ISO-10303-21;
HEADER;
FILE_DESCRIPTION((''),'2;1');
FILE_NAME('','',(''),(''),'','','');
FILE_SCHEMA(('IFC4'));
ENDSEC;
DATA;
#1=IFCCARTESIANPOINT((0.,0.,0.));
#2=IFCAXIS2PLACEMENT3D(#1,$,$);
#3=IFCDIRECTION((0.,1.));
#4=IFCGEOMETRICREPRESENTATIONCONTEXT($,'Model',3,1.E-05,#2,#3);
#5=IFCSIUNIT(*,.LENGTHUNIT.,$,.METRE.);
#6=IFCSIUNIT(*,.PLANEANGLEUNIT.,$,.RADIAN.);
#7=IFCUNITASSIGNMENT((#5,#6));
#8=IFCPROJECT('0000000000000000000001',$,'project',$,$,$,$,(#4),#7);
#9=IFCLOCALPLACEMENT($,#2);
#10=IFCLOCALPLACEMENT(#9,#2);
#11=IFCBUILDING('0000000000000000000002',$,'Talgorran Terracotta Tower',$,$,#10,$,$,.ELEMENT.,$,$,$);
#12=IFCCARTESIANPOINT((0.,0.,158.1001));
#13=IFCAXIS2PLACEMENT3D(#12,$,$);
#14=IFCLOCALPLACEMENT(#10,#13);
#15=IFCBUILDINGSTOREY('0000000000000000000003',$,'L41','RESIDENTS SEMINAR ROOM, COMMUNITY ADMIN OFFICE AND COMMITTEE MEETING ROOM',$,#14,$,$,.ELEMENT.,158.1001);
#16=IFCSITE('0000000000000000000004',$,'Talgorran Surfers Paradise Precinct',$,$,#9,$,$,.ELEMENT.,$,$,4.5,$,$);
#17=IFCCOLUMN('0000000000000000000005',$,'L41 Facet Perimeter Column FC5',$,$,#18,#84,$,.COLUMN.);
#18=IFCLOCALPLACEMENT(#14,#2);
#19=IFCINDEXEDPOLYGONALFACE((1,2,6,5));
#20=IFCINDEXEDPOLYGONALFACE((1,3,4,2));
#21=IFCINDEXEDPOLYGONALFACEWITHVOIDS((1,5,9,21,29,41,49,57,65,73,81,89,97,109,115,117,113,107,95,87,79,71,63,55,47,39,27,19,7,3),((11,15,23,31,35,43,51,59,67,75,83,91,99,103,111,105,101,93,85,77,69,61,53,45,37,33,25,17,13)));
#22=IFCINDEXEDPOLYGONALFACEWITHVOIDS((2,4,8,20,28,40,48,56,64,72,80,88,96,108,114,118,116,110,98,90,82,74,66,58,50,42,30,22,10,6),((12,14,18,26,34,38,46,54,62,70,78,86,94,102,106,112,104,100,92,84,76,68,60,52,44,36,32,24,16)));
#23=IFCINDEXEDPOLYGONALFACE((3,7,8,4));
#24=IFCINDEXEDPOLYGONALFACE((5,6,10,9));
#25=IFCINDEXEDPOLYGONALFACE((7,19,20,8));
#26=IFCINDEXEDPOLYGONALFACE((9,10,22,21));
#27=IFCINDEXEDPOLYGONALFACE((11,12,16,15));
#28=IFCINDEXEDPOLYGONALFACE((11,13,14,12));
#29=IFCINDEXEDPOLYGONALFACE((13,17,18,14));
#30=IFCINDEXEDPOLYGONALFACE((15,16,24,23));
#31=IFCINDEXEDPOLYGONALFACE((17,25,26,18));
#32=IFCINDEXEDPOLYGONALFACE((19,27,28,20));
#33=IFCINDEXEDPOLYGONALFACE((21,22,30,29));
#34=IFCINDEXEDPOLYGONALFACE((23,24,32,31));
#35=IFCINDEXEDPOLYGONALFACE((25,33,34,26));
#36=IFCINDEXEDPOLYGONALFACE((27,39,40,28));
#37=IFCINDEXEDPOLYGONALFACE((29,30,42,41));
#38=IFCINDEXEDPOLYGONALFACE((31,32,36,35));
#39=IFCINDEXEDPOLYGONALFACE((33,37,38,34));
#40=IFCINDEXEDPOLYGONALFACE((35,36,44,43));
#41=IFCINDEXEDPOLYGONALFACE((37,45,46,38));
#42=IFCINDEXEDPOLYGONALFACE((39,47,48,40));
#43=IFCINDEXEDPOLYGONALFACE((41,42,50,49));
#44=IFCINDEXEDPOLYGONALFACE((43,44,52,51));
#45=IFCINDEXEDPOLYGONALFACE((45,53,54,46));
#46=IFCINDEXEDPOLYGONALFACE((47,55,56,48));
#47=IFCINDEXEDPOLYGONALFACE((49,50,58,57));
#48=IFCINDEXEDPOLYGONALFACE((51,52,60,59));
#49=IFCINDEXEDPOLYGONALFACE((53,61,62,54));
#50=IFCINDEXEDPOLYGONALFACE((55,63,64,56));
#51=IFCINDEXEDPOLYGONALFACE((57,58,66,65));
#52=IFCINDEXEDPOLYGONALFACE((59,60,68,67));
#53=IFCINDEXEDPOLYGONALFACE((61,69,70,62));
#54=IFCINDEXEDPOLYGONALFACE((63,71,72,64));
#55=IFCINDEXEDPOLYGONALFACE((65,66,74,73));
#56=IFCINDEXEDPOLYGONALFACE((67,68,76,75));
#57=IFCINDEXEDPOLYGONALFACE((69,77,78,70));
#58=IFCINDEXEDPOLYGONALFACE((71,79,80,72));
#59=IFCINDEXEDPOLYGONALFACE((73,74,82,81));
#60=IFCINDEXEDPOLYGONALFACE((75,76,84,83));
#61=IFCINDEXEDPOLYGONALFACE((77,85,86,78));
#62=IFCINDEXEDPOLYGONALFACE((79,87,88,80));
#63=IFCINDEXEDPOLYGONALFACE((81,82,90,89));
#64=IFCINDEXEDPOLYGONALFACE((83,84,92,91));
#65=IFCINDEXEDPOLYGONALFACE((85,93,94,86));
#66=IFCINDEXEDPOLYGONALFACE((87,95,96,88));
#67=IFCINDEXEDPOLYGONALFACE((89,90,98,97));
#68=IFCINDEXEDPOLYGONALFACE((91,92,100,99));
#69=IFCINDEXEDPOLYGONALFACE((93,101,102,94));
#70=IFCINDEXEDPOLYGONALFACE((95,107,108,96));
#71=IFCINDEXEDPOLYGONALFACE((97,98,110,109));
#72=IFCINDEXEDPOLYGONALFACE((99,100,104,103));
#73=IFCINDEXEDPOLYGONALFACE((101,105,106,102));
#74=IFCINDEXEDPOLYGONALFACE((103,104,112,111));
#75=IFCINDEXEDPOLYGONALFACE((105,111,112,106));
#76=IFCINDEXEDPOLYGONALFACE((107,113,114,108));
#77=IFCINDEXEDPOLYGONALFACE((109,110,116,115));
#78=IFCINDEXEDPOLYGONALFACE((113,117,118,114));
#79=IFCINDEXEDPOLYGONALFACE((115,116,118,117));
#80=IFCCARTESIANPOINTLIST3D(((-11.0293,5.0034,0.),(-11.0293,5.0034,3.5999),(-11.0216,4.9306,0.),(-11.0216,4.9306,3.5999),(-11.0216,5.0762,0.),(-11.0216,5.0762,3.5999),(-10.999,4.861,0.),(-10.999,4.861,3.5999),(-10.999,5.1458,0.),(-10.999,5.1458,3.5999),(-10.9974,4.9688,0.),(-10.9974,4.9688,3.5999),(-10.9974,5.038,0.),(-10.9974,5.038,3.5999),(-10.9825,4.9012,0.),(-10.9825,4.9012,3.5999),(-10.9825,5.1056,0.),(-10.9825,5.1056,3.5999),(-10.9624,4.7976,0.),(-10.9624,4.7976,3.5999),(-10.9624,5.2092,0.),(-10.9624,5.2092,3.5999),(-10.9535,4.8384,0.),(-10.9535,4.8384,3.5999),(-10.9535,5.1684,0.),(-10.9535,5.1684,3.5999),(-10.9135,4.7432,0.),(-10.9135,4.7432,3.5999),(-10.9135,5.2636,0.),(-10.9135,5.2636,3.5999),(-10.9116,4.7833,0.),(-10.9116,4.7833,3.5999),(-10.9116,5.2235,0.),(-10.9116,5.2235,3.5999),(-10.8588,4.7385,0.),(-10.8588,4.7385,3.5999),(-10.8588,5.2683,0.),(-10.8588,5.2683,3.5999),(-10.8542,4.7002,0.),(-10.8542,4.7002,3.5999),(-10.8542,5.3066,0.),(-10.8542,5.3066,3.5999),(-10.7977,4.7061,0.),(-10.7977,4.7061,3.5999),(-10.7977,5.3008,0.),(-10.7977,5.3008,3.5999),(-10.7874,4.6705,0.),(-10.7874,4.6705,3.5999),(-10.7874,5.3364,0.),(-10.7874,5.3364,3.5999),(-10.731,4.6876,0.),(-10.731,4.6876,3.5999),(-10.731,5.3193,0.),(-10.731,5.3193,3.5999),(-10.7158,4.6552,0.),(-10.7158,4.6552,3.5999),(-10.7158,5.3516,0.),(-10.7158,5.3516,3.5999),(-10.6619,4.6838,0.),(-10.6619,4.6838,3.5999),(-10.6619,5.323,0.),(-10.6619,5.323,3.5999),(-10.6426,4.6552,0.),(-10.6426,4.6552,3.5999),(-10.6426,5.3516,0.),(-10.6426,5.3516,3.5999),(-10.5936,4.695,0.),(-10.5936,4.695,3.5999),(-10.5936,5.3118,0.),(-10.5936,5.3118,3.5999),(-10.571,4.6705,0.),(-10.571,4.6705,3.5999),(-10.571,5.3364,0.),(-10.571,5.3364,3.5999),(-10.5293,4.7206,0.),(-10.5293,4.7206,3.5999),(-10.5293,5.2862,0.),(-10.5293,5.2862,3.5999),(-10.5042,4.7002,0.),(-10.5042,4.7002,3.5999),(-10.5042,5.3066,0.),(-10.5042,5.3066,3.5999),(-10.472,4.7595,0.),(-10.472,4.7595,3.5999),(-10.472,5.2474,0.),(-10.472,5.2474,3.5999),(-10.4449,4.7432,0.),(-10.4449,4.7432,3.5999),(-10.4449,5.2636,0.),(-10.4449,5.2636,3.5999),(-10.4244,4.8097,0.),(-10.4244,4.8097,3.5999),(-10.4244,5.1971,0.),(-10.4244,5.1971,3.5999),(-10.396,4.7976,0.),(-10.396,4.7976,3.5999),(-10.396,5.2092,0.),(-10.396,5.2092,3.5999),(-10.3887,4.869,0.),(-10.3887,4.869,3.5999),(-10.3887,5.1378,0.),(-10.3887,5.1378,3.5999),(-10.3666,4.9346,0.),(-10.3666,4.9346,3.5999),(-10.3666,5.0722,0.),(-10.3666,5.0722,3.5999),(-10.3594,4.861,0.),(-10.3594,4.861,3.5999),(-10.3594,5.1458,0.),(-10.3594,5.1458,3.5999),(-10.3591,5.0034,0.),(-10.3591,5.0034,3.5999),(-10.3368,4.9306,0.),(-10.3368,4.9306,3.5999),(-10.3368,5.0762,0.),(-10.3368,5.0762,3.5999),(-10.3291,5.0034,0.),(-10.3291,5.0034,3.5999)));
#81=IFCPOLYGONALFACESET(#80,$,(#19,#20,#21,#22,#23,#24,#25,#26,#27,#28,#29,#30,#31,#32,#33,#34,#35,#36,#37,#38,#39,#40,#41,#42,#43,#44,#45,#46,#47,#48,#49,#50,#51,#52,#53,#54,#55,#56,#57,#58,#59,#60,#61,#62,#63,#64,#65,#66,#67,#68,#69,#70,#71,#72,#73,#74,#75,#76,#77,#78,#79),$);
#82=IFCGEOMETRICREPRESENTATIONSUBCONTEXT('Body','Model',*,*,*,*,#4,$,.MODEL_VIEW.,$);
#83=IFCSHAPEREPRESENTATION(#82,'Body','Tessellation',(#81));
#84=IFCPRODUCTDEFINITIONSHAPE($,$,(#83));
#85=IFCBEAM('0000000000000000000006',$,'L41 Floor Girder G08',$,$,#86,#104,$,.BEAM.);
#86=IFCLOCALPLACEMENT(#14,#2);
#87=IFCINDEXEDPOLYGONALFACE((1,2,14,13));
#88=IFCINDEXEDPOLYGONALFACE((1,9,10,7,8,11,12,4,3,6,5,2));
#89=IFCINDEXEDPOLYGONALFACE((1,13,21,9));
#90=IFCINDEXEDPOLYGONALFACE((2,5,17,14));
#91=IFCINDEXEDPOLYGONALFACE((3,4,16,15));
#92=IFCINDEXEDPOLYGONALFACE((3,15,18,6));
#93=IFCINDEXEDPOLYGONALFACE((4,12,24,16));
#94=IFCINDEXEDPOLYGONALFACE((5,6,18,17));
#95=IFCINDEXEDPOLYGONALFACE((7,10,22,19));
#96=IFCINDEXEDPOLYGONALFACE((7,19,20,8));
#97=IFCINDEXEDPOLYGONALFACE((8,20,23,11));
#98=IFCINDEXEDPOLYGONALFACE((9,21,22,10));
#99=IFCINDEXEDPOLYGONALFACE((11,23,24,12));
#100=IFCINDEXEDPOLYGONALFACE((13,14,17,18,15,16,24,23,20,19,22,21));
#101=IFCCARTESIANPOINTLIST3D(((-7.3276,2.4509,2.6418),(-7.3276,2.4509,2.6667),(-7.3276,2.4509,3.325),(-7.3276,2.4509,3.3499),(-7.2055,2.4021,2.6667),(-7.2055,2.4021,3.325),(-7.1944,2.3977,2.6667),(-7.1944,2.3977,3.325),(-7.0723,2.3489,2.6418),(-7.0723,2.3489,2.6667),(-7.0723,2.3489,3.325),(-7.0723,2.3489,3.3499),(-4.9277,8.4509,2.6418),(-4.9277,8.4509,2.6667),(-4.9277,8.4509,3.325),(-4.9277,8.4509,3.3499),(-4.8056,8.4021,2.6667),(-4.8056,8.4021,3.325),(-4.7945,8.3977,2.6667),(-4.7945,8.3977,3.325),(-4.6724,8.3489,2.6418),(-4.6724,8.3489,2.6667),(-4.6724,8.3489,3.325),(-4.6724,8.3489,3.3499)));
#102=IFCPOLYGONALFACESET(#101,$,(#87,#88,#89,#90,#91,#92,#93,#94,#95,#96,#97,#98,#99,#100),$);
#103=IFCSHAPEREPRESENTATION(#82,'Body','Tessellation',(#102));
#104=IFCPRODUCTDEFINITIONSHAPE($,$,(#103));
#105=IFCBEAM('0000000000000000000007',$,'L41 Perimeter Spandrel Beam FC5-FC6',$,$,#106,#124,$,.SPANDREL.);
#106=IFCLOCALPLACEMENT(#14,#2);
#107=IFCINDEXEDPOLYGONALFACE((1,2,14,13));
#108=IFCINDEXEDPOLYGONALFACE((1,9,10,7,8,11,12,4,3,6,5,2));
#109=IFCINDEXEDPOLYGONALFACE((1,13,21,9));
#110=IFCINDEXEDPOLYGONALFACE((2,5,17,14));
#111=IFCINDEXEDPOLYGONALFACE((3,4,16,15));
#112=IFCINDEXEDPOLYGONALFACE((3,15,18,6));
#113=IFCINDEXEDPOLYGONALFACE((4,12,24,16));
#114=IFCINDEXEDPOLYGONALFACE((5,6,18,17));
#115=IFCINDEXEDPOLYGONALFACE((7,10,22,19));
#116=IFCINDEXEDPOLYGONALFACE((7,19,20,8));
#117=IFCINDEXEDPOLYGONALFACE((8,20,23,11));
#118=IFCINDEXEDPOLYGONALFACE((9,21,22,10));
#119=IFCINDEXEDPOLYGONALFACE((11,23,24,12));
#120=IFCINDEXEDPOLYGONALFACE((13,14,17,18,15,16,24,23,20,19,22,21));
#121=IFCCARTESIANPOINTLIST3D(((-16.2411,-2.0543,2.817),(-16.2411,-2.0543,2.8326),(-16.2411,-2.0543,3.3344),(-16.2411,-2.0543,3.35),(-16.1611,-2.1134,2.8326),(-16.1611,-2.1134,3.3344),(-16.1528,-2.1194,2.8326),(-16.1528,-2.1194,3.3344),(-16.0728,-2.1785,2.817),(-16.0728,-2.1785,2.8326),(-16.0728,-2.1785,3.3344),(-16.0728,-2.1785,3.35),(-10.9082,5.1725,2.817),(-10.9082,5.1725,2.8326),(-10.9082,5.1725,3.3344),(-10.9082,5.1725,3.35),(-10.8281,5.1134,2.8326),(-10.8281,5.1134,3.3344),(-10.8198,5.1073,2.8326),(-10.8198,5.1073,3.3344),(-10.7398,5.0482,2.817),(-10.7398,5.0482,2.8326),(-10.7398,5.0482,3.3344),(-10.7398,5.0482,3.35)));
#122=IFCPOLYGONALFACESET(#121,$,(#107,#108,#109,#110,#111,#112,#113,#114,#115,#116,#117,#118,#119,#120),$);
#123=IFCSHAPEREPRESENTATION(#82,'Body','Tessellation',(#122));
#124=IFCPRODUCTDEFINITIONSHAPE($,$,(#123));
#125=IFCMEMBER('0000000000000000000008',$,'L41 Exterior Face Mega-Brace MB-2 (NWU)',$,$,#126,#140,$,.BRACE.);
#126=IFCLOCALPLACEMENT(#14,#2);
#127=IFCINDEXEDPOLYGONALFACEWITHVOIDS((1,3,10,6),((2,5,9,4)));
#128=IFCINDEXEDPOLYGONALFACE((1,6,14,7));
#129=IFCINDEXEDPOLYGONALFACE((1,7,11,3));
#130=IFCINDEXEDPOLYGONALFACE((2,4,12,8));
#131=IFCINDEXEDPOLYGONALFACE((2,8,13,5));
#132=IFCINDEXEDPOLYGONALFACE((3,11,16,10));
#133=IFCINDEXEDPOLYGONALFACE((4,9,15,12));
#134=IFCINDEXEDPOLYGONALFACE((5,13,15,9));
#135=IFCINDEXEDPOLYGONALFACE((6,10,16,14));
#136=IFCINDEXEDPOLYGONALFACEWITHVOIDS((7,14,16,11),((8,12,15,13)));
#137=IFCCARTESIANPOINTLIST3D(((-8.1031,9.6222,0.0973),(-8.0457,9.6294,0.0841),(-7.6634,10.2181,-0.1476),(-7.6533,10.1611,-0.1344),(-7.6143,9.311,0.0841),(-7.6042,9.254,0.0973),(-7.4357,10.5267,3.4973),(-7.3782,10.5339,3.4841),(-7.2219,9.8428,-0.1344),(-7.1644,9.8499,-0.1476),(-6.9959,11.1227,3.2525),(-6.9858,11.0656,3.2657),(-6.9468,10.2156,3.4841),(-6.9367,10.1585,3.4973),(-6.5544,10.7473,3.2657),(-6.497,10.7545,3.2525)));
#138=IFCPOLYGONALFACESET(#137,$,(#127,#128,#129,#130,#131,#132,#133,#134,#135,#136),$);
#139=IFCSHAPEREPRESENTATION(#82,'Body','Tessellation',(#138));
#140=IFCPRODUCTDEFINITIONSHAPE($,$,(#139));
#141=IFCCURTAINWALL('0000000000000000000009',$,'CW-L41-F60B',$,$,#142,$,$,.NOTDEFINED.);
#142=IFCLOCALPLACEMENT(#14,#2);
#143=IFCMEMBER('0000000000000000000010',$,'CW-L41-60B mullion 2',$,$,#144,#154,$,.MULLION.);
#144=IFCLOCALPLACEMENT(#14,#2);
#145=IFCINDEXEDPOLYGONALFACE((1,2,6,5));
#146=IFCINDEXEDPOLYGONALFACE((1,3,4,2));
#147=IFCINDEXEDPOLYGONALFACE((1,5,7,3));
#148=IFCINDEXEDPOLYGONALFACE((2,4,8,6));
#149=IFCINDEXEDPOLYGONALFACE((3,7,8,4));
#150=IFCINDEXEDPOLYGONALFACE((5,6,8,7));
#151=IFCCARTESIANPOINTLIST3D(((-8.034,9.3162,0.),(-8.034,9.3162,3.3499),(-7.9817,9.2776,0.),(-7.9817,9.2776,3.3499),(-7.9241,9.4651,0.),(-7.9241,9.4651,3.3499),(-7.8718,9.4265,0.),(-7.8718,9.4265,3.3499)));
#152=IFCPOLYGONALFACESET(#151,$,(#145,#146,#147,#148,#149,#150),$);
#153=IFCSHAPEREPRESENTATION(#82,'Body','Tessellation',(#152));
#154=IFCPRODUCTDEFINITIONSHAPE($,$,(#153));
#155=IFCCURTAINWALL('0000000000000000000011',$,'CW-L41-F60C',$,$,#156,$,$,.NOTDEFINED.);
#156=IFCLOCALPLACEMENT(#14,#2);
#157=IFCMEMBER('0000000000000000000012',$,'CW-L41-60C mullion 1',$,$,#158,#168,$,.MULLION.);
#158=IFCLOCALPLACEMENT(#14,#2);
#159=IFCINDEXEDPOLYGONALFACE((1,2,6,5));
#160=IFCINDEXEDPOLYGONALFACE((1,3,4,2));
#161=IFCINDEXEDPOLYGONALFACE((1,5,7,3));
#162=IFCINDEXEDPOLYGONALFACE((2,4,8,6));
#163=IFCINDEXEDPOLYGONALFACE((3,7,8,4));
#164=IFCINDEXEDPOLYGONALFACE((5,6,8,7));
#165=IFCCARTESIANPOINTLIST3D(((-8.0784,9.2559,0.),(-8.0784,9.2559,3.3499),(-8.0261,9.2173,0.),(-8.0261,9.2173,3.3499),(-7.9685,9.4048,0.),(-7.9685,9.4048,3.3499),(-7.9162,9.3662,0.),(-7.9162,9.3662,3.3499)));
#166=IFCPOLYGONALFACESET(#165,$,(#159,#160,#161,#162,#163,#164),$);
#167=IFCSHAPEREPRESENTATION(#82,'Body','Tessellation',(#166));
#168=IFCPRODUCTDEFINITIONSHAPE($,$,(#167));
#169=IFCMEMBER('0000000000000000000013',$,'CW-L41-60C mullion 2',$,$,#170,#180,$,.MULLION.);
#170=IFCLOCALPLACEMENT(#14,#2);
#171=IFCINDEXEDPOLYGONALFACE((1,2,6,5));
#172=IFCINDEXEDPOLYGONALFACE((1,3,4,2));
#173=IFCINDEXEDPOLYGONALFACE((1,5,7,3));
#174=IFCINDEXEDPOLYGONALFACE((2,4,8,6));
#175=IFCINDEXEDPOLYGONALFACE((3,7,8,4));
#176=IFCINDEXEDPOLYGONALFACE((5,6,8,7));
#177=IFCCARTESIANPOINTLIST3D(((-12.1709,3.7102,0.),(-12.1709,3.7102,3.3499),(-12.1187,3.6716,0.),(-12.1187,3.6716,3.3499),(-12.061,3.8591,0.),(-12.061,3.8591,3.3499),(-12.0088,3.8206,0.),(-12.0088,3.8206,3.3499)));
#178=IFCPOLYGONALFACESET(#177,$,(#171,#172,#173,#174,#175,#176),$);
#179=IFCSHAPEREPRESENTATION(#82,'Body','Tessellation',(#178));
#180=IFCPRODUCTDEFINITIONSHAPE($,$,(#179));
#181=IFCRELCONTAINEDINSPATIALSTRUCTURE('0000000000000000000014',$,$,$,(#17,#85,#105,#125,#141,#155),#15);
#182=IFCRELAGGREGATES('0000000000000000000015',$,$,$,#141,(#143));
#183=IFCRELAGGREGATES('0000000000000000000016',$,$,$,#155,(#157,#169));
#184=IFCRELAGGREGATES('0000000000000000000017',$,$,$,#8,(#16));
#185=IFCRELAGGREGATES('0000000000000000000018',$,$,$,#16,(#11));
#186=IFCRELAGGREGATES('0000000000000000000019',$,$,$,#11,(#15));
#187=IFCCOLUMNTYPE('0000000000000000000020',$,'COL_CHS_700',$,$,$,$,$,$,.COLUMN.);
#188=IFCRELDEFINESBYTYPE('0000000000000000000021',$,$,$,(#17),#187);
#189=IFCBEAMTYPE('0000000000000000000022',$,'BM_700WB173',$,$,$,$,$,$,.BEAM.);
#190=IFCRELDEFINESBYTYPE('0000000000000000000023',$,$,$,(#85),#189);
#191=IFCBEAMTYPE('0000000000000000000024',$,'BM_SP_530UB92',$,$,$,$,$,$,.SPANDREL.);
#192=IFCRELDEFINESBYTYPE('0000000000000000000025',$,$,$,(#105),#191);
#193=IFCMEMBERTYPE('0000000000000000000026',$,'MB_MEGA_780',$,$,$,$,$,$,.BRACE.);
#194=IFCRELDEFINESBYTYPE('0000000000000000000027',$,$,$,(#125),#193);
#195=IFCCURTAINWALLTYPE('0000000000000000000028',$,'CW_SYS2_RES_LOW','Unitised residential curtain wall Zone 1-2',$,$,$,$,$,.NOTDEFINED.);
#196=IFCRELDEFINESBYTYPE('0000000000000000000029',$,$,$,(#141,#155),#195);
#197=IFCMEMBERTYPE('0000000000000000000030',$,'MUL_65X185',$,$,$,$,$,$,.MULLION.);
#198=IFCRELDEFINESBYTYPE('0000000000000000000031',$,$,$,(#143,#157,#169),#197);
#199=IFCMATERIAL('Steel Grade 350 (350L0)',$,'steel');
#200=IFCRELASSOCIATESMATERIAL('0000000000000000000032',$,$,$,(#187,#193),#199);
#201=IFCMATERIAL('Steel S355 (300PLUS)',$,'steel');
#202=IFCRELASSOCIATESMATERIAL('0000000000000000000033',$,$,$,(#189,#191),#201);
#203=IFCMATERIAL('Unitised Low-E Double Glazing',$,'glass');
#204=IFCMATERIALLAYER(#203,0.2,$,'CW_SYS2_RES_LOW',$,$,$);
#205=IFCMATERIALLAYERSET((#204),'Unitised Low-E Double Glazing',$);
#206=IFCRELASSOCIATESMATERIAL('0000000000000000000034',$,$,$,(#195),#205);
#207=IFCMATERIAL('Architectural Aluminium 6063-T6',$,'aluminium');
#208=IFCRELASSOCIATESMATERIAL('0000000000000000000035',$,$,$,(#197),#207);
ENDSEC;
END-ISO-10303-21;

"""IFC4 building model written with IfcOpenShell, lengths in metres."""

from ifc_helpers import new_model, si_unit, direction, frame, origin, origin_2d, place, context, subcontext, project, spatial, rectangle, hollow_rectangle, hollow_circle, i_section, extrude, material, layer, layer_set, material_profile, profile_set, type_object, element, aggregate, save


model = new_model("IFC4")

# Units and contexts
model_context = context("Model", 3, precision=1e-05, world=origin(), true_north=direction((0.0, 1.0)))
body_context = subcontext(model_context, "Body", "Model", "MODEL_VIEW")
ifc_project = project(units=[si_unit("LENGTHUNIT", "METRE"), si_unit("PLANEANGLEUNIT", "RADIAN")], contexts=[model_context])

# Site, building, storey
site_placement = place(None, origin())
site = spatial("IfcSite", under=ifc_project, at=site_placement, Name="Talgorran Surfers Paradise Precinct", CompositionType="ELEMENT", RefElevation=4.5)
building_placement = place(site_placement, origin())
building = spatial("IfcBuilding", under=site, at=building_placement, Name="Talgorran Terracotta Tower", CompositionType="ELEMENT")
storey_placement = place(building_placement, frame((0.0, 0.0, 158.1001)))
storey = spatial("IfcBuildingStorey", under=building, at=storey_placement, Name="L41", Description="RESIDENTS SEMINAR ROOM, COMMUNITY ADMIN OFFICE AND COMMITTEE MEETING ROOM", CompositionType="ELEMENT", Elevation=158.1001)

# Column
ifc_material_1 = material(Name="Steel Grade 350 (350L0)", Category="steel")
ifc_material_profile_1 = material_profile(ifc_material_1, hollow_circle(Radius=0.3501, WallThickness=0.03, at=origin_2d()), Name="CHS700X30")
ifc_profile_set_1 = profile_set([ifc_material_profile_1], Name="Steel Grade 350 (350L0)")
column_type = type_object("IfcColumnType", Name="COL_CHS_700", PredefinedType="COLUMN", material=ifc_profile_set_1)
column_placement = place(storey_placement, frame((-10.6792, 5.0034, 0.0), z_axis=(0.0, 0.0, 1.0), x_axis=(1.0, 0.0, 0.0)))
element("IfcColumn", 1, at=column_placement, inside=storey, type_object=column_type, Name="L41 Facet Perimeter Column FC5", PredefinedType="COLUMN", context=body_context, shape_type="SweptSolid", body=[
    extrude(hollow_circle(Radius=0.3501, WallThickness=0.03, at=origin_2d()), origin(), (0.0, 0.0, 1.0), 3.5999),
])

# Beams
ifc_material_2 = material(Name="Steel S355 (300PLUS)", Category="steel")
ifc_material_profile_2 = material_profile(ifc_material_2, i_section(OverallWidth=0.2749, OverallDepth=0.708, WebThickness=0.012, FlangeThickness=0.0249, at=origin_2d()), Name="700WB173")
ifc_profile_set_2 = profile_set([ifc_material_profile_2], Name="Steel S355 (300PLUS)")
beam_type_1 = type_object("IfcBeamType", Name="BM_700WB173", PredefinedType="BEAM", material=ifc_profile_set_2)
beam_1_placement = place(storey_placement, frame((-7.2, 2.3999, 2.9958), z_axis=(0.371378, 0.928482, 0.0), x_axis=(-0.928482, 0.371378, 0.0)))
element("IfcBeam", 2, at=beam_1_placement, inside=storey, type_object=beam_type_1, Name="L41 Floor Girder G08", PredefinedType="BEAM", context=body_context, shape_type="SweptSolid", body=[
    extrude(i_section(OverallWidth=0.2749, OverallDepth=0.708, WebThickness=0.012, FlangeThickness=0.0249, at=origin_2d()), origin(), (0.0, 0.0, 1.0), 6.4622),
])
ifc_material_profile_3 = material_profile(ifc_material_2, i_section(OverallWidth=0.2092, OverallDepth=0.533, WebThickness=0.0103, FlangeThickness=0.0156, at=origin_2d()), Name="530UB92.4")
ifc_profile_set_3 = profile_set([ifc_material_profile_3], Name="Steel S355 (300PLUS)")
beam_type_2 = type_object("IfcBeamType", Name="BM_SP_530UB92", PredefinedType="SPANDREL", material=ifc_profile_set_3)
beam_2_placement = place(storey_placement, frame((-10.824, 5.1104, 3.0835), z_axis=(-0.593776, -0.804631, 0.0), x_axis=(0.804631, -0.593776, 0.0)))
element("IfcBeam", 3, at=beam_2_placement, inside=storey, type_object=beam_type_2, Name="L41 Perimeter Spandrel Beam FC5-FC6", PredefinedType="SPANDREL", context=body_context, shape_type="SweptSolid", body=[
    extrude(i_section(OverallWidth=0.2092, OverallDepth=0.533, WebThickness=0.0103, FlangeThickness=0.0156, at=origin_2d()), origin(), (0.0, 0.0, 1.0), 8.9814),
])

# Member
ifc_material_profile_4 = material_profile(ifc_material_1, hollow_rectangle(XDim=0.6201, YDim=0.78, WallThickness=0.042, at=origin_2d()), Name="WBOX780X620X42")
ifc_profile_set_4 = profile_set([ifc_material_profile_4], Name="Steel Grade 350 (350L0)")
member_type_1 = type_object("IfcMemberType", Name="MB_MEGA_780", PredefinedType="BRACE", material=ifc_profile_set_4)
member_1_placement = place(storey_placement, frame((-7.6338, 9.7361, -0.0251), z_axis=(0.186387, 0.252583, 0.949453), x_axis=(-0.804641, 0.593762, 0.0)))
element("IfcMember", 4, at=member_1_placement, inside=storey, type_object=member_type_1, Name="L41 Exterior Face Mega-Brace MB-2 (NWU)", PredefinedType="BRACE", context=body_context, shape_type="SweptSolid", body=[
    extrude(hollow_rectangle(XDim=0.6201, YDim=0.78, WallThickness=0.042, at=origin_2d()), origin(), (0.0, 0.0, 1.0), 3.5811),
])

# Curtain wall, member
ifc_material_3 = material(Name="Unitised Low-E Double Glazing", Category="glass")
ifc_layer_1 = layer(ifc_material_3, 0.2, Name="CW_SYS2_RES_LOW")
ifc_layer_set_1 = layer_set([ifc_layer_1], Name="Unitised Low-E Double Glazing")
curtain_wall_type = type_object("IfcCurtainWallType", Name="CW_SYS2_RES_LOW", Description="Unitised residential curtain wall Zone 1-2", PredefinedType="NOTDEFINED", material=ifc_layer_set_1)
curtain_wall_1_placement = place(storey_placement, origin())
curtain_wall_1 = element("IfcCurtainWall", 5, at=curtain_wall_1_placement, inside=storey, type_object=curtain_wall_type, Name="CW-L41-F60B", PredefinedType="NOTDEFINED")
ifc_material_4 = material(Name="Architectural Aluminium 6063-T6", Category="aluminium")
ifc_material_profile_5 = material_profile(ifc_material_4, rectangle(XDim=0.0649, YDim=0.1851, at=origin_2d()), Name="CWM65X185")
ifc_profile_set_5 = profile_set([ifc_material_profile_5], Name="Architectural Aluminium 6063-T6")
member_type_2 = type_object("IfcMemberType", Name="MUL_65X185", PredefinedType="MULLION", material=ifc_profile_set_5)
member_2_placement = place(storey_placement, frame((-7.9529, 9.3713, 0.0), z_axis=(0.0, 0.0, 1.0), x_axis=(0.804615, -0.593797, 0.0)))
member_2 = element("IfcMember", 6, at=member_2_placement, type_object=member_type_2, Name="CW-L41-60B mullion 2", PredefinedType="MULLION", context=body_context, shape_type="SweptSolid", body=[
    extrude(rectangle(XDim=0.0649, YDim=0.1851, at=origin_2d()), origin(), (0.0, 0.0, 1.0), 3.3499),
])

# Curtain wall, members
curtain_wall_2_placement = place(storey_placement, origin())
curtain_wall_2 = element("IfcCurtainWall", 7, at=curtain_wall_2_placement, inside=storey, type_object=curtain_wall_type, Name="CW-L41-F60C", PredefinedType="NOTDEFINED")
member_3_placement = place(storey_placement, frame((-7.9973, 9.311, 0.0), z_axis=(0.0, 0.0, 1.0), x_axis=(0.804621, -0.593789, 0.0)))
member_3 = element("IfcMember", 8, at=member_3_placement, type_object=member_type_2, Name="CW-L41-60C mullion 1", PredefinedType="MULLION", context=body_context, shape_type="SweptSolid", body=[
    extrude(rectangle(XDim=0.0649, YDim=0.1851, at=origin_2d()), origin(), (0.0, 0.0, 1.0), 3.3499),
])
member_4_placement = place(storey_placement, frame((-12.0898, 3.7654, 0.0), z_axis=(0.0, 0.0, 1.0), x_axis=(0.804621, -0.593789, 0.0)))
member_4 = element("IfcMember", 9, at=member_4_placement, type_object=member_type_2, Name="CW-L41-60C mullion 2", PredefinedType="MULLION", context=body_context, shape_type="SweptSolid", body=[
    extrude(rectangle(XDim=0.0649, YDim=0.1851, at=origin_2d()), origin(), (0.0, 0.0, 1.0), 3.3499),
])

aggregate(curtain_wall_1, [member_2])
aggregate(curtain_wall_2, [member_3, member_4])

save(model, "model.ifc")
